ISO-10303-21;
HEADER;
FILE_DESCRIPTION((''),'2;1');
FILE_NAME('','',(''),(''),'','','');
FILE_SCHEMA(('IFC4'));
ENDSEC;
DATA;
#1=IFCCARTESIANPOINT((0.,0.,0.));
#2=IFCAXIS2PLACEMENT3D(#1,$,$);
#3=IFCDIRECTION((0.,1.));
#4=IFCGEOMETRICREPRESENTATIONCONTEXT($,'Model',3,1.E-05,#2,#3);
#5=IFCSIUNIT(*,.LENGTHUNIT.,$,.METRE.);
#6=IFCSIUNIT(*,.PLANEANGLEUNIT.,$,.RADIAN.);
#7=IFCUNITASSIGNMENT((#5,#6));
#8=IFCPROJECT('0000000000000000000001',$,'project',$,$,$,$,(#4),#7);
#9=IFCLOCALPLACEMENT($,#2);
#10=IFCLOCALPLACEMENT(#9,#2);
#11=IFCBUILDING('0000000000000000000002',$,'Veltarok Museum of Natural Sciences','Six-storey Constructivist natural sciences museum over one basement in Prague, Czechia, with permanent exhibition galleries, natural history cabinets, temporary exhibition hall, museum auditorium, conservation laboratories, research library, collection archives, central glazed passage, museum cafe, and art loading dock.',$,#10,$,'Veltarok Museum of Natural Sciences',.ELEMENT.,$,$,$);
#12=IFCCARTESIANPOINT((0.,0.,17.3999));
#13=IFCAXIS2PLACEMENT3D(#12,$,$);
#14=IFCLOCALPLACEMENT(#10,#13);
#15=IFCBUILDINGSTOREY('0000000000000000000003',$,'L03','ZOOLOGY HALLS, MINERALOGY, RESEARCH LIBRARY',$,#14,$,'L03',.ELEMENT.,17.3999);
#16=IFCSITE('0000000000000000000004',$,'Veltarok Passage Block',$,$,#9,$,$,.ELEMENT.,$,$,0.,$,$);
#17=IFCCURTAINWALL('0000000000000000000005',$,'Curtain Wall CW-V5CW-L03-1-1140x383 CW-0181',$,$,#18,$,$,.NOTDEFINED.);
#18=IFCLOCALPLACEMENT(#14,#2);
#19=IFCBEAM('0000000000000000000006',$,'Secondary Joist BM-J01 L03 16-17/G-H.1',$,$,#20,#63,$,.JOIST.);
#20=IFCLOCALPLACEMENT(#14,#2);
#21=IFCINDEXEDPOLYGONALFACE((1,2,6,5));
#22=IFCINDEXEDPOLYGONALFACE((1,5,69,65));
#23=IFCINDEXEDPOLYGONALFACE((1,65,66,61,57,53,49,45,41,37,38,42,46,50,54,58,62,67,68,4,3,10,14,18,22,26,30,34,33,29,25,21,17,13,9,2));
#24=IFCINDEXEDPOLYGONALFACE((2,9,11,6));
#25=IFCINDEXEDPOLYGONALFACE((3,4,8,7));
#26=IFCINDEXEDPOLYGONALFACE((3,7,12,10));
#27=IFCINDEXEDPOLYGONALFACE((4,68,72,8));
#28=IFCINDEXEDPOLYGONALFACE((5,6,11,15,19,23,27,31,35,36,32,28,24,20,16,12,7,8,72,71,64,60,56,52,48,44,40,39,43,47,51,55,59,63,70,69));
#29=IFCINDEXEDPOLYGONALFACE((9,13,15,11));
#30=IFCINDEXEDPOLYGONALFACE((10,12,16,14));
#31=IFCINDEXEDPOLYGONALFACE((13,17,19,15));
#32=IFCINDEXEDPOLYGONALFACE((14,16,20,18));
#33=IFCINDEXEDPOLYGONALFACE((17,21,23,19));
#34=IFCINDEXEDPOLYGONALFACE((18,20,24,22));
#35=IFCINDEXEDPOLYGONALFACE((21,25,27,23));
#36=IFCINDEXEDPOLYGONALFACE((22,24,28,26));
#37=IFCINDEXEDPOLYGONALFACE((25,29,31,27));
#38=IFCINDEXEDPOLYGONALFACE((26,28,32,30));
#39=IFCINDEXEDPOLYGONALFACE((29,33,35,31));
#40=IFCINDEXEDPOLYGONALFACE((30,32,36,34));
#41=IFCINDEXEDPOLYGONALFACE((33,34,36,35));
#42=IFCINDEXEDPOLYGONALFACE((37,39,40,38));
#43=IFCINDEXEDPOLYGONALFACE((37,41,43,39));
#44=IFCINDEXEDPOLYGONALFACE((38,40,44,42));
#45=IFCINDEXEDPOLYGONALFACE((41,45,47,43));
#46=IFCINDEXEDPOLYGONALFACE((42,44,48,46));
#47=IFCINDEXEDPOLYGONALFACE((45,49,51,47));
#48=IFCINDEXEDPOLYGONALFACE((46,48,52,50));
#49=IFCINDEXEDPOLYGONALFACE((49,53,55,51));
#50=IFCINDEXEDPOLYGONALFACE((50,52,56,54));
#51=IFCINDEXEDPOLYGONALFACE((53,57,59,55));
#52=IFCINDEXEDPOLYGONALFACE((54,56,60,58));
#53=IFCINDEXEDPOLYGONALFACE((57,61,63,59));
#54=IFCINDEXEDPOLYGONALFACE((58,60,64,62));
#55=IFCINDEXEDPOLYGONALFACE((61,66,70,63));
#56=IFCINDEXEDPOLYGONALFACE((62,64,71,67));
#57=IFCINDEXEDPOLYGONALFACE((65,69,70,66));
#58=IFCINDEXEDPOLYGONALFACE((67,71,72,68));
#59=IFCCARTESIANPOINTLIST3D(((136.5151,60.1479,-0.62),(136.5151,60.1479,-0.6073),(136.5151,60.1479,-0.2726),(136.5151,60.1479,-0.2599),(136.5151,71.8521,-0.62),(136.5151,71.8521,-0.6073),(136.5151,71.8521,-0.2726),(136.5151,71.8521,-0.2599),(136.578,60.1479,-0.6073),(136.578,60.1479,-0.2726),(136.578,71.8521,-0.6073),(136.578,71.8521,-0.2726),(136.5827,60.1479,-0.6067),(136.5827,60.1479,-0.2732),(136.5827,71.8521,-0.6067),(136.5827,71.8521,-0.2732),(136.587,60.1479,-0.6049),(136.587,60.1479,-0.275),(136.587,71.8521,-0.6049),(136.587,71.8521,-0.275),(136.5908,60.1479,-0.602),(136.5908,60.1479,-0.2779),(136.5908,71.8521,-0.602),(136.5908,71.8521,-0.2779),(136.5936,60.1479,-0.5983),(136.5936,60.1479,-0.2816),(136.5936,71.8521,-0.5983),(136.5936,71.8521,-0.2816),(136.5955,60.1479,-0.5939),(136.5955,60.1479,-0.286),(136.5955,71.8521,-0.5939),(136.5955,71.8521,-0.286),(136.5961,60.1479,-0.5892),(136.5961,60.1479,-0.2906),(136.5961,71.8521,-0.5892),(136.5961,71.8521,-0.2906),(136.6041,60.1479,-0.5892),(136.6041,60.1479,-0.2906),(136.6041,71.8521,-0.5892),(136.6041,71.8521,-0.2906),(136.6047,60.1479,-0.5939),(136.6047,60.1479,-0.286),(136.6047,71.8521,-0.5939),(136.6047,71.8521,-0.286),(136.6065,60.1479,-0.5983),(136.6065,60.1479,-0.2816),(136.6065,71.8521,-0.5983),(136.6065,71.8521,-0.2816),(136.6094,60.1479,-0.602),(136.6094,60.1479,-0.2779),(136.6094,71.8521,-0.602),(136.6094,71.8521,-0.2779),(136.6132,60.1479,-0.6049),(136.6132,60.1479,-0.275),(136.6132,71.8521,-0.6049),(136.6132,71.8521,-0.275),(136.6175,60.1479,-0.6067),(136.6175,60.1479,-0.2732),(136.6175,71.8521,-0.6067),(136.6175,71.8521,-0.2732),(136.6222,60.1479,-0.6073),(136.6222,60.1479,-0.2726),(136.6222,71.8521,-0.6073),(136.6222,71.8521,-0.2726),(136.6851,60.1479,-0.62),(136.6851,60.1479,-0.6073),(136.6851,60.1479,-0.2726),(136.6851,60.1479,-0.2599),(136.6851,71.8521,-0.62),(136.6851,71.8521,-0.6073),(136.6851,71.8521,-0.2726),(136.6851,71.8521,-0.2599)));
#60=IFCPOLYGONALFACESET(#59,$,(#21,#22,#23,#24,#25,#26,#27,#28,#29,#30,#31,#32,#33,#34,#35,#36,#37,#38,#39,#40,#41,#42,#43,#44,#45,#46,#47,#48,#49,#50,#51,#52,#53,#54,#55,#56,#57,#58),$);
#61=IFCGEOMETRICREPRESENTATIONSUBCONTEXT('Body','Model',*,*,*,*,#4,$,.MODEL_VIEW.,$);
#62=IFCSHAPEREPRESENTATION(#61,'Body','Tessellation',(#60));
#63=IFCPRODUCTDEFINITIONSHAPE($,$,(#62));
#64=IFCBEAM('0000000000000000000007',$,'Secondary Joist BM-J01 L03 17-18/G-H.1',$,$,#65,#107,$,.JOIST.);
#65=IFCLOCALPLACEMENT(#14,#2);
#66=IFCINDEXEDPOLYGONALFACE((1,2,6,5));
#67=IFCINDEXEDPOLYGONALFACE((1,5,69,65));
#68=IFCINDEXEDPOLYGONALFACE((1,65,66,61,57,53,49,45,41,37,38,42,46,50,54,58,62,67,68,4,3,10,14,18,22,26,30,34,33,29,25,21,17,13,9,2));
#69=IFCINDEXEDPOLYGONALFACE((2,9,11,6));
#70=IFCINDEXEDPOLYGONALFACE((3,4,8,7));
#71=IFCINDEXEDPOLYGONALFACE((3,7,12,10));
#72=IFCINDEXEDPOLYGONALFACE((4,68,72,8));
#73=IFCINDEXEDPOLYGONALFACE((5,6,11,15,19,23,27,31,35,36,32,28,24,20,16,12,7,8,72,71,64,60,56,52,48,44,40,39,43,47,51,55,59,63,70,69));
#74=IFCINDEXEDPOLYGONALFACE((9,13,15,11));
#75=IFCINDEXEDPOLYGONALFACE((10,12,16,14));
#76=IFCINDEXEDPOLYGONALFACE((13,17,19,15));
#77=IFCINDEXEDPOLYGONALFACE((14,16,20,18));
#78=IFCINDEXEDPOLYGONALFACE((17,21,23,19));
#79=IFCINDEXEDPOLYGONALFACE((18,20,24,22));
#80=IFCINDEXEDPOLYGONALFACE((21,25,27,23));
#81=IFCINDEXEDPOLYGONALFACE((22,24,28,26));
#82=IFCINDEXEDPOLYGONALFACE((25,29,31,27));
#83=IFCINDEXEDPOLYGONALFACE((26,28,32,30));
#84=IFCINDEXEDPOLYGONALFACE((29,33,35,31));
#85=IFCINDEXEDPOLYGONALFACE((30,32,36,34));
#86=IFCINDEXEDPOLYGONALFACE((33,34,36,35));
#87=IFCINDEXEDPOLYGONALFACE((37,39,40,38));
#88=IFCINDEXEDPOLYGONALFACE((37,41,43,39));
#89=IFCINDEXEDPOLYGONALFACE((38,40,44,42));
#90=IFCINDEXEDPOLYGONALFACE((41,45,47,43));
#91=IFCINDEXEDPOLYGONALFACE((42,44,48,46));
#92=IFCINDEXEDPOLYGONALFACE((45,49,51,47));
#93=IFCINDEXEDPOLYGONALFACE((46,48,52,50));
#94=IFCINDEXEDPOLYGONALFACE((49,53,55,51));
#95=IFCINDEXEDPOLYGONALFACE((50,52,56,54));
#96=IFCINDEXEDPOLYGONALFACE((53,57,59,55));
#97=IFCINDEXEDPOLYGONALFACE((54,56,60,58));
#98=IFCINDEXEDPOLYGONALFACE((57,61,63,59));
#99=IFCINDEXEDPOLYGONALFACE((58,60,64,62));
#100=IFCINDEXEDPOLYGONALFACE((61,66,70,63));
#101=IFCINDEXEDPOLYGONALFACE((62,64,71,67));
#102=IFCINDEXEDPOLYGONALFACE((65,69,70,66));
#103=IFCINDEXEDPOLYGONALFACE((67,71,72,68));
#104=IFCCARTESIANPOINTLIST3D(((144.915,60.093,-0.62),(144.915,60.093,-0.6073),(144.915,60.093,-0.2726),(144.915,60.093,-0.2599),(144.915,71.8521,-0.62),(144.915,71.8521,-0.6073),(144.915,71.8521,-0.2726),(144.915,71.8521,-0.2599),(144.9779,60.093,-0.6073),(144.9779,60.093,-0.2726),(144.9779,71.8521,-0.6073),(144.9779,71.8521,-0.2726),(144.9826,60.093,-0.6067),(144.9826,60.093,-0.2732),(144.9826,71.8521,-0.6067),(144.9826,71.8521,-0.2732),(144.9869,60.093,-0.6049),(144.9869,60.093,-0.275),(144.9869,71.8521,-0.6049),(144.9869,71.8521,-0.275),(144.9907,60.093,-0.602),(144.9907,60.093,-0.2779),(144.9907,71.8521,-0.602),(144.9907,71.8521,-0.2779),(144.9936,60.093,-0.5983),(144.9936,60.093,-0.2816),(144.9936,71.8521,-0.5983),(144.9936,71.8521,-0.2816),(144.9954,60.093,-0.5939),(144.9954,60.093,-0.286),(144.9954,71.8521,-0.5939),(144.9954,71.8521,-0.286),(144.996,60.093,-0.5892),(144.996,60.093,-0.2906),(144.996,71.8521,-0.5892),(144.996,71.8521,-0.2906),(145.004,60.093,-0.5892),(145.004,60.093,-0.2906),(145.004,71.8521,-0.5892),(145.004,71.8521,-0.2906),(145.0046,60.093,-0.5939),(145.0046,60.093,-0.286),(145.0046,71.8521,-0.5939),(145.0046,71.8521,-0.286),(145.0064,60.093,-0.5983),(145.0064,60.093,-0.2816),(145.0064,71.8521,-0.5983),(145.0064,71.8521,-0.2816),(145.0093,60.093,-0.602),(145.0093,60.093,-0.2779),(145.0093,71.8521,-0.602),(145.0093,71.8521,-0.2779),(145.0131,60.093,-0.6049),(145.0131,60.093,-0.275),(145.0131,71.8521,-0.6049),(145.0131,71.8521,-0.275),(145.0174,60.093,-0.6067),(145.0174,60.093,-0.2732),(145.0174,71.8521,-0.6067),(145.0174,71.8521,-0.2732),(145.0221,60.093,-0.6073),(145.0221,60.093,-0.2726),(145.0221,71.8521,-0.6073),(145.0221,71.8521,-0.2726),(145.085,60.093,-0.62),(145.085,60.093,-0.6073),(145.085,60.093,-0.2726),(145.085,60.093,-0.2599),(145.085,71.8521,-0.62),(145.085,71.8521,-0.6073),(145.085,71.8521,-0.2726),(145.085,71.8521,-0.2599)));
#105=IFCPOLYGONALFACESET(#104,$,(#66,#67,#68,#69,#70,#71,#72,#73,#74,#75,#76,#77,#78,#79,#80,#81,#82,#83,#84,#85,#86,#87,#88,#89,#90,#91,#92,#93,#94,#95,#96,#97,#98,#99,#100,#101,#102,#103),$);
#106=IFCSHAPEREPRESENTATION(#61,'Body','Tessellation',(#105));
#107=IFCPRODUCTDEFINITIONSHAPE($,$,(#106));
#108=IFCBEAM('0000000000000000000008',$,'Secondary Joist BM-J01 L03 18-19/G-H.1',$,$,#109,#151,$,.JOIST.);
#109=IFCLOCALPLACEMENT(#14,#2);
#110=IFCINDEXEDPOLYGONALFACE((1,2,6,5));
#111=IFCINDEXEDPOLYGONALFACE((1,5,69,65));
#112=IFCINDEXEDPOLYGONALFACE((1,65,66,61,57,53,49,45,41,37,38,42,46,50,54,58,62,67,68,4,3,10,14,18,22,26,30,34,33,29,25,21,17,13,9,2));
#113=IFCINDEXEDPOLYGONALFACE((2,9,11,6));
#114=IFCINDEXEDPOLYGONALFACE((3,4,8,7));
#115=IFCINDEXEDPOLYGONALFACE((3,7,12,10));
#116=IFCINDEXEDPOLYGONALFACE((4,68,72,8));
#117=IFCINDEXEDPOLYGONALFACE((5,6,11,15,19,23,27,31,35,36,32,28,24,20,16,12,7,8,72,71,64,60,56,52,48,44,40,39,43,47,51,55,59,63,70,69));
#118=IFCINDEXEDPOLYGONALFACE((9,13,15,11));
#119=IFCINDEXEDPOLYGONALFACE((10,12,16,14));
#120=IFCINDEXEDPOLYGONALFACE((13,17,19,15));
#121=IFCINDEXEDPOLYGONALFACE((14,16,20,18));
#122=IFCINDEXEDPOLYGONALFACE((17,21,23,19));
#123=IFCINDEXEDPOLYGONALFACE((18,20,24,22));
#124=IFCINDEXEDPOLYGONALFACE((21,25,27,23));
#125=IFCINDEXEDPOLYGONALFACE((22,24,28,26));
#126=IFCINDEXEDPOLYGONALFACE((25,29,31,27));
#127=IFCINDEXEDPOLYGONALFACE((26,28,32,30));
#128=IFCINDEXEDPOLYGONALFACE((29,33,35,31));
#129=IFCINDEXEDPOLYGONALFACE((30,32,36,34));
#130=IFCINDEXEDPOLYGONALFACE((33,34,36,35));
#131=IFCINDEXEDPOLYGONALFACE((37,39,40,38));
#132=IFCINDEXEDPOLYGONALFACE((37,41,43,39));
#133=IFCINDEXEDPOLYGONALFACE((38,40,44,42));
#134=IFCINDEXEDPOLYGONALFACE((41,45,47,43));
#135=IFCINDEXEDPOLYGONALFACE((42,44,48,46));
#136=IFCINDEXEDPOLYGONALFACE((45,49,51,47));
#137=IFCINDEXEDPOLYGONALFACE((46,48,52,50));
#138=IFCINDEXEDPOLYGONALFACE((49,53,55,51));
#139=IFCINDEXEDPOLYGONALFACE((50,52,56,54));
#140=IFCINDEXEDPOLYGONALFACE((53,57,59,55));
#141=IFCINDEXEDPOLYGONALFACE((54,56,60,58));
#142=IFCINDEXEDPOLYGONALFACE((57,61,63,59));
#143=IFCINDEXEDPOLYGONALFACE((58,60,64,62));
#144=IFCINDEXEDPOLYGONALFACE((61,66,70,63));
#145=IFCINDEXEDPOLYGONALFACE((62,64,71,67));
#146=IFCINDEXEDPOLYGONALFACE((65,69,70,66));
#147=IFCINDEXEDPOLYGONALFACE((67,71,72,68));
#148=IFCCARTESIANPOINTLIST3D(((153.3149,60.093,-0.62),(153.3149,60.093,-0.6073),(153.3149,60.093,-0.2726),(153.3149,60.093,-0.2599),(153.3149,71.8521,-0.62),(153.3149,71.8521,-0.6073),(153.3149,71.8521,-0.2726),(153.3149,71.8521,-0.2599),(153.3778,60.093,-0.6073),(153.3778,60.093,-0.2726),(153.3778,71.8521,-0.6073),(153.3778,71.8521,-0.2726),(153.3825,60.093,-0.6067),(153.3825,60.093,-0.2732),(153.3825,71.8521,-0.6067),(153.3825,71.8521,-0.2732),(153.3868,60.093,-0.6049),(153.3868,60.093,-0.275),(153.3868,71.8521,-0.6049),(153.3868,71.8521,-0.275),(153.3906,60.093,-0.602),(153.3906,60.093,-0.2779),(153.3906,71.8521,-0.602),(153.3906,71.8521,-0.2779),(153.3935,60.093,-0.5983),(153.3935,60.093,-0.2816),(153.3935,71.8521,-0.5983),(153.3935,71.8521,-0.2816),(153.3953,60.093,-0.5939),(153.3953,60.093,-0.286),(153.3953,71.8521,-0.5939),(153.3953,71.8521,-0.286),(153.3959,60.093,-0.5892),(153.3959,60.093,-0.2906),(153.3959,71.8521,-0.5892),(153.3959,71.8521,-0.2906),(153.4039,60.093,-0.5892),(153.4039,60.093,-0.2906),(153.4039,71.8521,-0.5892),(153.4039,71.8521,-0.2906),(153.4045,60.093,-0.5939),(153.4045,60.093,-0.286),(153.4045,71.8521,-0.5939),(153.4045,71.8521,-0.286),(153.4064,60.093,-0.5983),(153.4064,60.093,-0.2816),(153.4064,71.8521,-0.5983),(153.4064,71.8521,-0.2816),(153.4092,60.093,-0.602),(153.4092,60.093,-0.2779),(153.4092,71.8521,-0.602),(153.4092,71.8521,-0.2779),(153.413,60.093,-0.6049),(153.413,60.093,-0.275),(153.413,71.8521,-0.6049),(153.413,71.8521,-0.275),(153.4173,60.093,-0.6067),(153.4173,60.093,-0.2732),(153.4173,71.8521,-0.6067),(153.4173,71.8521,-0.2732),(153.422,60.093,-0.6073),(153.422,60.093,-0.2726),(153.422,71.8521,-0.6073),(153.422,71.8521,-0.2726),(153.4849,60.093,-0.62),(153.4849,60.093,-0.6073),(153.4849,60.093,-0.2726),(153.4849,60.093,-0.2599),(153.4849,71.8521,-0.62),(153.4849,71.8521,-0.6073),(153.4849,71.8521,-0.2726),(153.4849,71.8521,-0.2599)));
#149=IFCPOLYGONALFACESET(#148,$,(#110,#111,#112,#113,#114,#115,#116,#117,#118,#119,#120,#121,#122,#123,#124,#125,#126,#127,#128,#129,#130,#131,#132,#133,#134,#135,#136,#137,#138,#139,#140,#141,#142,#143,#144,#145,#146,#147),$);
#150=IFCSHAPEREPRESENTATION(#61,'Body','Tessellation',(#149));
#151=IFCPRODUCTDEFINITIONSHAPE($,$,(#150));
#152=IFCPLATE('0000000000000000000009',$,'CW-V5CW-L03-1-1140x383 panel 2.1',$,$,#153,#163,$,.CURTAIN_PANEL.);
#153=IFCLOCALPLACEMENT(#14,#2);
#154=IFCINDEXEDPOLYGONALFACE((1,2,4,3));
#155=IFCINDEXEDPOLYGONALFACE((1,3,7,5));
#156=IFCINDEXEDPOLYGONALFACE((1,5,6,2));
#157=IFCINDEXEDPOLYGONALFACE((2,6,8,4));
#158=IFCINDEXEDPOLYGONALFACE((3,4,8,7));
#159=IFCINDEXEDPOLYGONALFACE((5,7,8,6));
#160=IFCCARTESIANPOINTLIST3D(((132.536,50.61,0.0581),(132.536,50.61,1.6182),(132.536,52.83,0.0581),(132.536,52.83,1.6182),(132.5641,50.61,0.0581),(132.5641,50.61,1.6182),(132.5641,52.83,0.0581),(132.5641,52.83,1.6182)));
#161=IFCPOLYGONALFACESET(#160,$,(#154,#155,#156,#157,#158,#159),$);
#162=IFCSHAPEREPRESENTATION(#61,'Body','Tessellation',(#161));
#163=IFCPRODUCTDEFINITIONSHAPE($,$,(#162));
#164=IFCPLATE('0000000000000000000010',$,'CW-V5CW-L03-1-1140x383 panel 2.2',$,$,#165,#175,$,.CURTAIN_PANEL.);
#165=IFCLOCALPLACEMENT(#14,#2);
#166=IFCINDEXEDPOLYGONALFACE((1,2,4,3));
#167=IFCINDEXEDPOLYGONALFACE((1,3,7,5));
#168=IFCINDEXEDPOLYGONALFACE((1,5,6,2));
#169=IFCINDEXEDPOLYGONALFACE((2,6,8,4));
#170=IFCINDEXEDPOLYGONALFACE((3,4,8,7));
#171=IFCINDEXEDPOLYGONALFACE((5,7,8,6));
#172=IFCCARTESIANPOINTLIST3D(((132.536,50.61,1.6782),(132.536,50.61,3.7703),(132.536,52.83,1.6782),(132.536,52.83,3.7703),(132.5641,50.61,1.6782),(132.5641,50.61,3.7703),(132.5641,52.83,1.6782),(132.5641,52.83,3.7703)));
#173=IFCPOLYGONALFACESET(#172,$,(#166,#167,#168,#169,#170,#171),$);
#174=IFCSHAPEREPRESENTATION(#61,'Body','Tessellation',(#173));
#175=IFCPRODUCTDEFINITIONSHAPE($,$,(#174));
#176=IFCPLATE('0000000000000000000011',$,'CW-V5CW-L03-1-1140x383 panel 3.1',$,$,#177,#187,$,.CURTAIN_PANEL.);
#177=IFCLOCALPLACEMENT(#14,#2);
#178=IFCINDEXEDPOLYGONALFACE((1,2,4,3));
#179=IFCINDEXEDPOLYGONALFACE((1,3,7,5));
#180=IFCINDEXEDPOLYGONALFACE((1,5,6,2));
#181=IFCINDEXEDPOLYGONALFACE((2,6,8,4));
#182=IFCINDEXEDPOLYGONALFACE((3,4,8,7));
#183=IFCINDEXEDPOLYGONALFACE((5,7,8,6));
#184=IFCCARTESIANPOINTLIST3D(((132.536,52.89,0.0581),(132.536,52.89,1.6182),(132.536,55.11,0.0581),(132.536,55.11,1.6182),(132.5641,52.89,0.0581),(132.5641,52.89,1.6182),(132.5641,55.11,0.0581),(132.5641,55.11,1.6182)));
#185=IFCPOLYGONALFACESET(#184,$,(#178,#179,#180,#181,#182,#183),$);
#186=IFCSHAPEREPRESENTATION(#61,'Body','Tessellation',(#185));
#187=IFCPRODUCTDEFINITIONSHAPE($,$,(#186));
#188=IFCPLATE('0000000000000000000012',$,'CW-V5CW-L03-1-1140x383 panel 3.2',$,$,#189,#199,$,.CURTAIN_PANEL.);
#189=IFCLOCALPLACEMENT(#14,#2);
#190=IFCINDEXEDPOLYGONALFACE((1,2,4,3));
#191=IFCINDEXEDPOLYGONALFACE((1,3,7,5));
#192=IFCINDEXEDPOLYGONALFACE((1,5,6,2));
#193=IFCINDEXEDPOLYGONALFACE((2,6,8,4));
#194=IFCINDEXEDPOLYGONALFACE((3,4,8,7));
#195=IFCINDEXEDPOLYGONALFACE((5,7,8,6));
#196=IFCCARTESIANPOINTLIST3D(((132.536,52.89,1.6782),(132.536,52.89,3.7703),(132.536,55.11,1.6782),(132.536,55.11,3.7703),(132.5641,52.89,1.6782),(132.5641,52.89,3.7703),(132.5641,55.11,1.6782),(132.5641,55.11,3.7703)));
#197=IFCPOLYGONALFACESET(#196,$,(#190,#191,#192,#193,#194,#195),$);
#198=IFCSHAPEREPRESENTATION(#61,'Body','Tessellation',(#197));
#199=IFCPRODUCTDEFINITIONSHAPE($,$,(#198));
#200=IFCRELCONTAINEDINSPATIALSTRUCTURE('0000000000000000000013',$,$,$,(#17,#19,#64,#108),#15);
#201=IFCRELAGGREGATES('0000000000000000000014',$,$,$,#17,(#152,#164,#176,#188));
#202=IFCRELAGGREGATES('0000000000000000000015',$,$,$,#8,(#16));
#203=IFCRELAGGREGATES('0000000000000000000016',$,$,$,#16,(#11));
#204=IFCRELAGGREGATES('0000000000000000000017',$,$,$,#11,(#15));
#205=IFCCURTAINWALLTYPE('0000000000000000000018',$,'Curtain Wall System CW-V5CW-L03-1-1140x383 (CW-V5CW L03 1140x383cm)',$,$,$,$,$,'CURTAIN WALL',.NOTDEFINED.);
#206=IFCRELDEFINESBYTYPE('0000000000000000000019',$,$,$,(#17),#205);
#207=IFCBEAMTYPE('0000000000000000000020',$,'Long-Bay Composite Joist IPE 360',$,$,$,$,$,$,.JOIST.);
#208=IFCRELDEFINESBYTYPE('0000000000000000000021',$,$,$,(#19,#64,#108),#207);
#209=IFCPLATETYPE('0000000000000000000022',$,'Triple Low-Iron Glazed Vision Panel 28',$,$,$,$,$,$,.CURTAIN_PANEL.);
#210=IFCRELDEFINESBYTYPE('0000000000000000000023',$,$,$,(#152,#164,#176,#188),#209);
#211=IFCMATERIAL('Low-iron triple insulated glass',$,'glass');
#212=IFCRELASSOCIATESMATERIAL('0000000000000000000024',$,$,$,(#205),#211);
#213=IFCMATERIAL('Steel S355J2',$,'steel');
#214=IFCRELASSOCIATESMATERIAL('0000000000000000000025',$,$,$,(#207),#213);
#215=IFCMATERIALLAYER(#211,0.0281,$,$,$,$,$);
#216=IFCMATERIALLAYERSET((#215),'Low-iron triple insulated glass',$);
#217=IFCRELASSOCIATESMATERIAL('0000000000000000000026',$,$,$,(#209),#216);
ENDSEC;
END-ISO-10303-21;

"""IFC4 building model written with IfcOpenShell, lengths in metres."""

from ifc_helpers import new_model, si_unit, direction, frame, origin, origin_2d, place, context, subcontext, project, spatial, rectangle, i_section, extrude, material, layer, layer_set, material_profile, profile_set, type_object, element, aggregate, save


model = new_model("IFC4")

# Units and contexts
model_context = context("Model", 3, precision=1e-05, world=origin(), true_north=direction((0.0, 1.0)))
body_context = subcontext(model_context, "Body", "Model", "MODEL_VIEW")
ifc_project = project(units=[si_unit("LENGTHUNIT", "METRE"), si_unit("PLANEANGLEUNIT", "RADIAN")], contexts=[model_context])

# Site, building, storey
site_placement = place(None, origin())
site = spatial("IfcSite", under=ifc_project, at=site_placement, Name="Veltarok Passage Block", CompositionType="ELEMENT", RefElevation=0.0)
building_placement = place(site_placement, origin())
building = spatial("IfcBuilding", under=site, at=building_placement, Name="Veltarok Museum of Natural Sciences", Description="Six-storey Constructivist natural sciences museum over one basement in Prague, Czechia, with permanent exhibition galleries, natural history cabinets, temporary exhibition hall, museum auditorium, conservation laboratories, research library, collection archives, central glazed passage, museum cafe, and art loading dock.", LongName="Veltarok Museum of Natural Sciences", CompositionType="ELEMENT")
storey_placement = place(building_placement, frame((0.0, 0.0, 17.3999)))
storey = spatial("IfcBuildingStorey", under=building, at=storey_placement, Name="L03", Description="ZOOLOGY HALLS, MINERALOGY, RESEARCH LIBRARY", LongName="L03", CompositionType="ELEMENT", Elevation=17.3999)

# Curtain wall
ifc_material_1 = material(Name="Low-iron triple insulated glass", Category="glass")
curtain_wall_type = type_object("IfcCurtainWallType", Name="Curtain Wall System CW-V5CW-L03-1-1140x383 (CW-V5CW L03 1140x383cm)", ElementType="CURTAIN WALL", PredefinedType="NOTDEFINED", material=ifc_material_1)
curtain_wall_placement = place(storey_placement, origin())
curtain_wall = element("IfcCurtainWall", 1, at=curtain_wall_placement, inside=storey, type_object=curtain_wall_type, Name="Curtain Wall CW-V5CW-L03-1-1140x383 CW-0181", PredefinedType="NOTDEFINED")

# Beams
ifc_material_2 = material(Name="Steel S355J2", Category="steel")
ifc_material_profile_1 = material_profile(ifc_material_2, i_section(OverallWidth=0.1699, OverallDepth=0.3601, WebThickness=0.0081, FlangeThickness=0.0127, FilletRadius=0.0181, at=origin_2d()), Name="IPE 360")
ifc_profile_set_1 = profile_set([ifc_material_profile_1], Name="Steel S355J2")
beam_type_1 = type_object("IfcBeamType", Name="Long-Bay Composite Joist IPE 360", PredefinedType="JOIST", material=ifc_profile_set_1)
beam_1_placement = place(storey_placement, frame((136.6001, 60.1479, -0.4399), z_axis=(0.0, 1.0, 0.0), x_axis=(-1.0, 0.0, 0.0)))
element("IfcBeam", 2, at=beam_1_placement, inside=storey, type_object=beam_type_1, Name="Secondary Joist BM-J01 L03 16-17/G-H.1", PredefinedType="JOIST", context=body_context, shape_type="SweptSolid", body=[
    extrude(i_section(OverallWidth=0.1699, OverallDepth=0.3601, WebThickness=0.0081, FlangeThickness=0.0127, FilletRadius=0.0181, at=origin_2d()), origin(), (0.0, 0.0, 1.0), 11.7041),
])
for number, where, z_axis, x_axis, name in (
    (3, (145.0, 60.093, -0.4399), (0.0, 1.0, 0.0), (-1.0, 0.0, 0.0), "Secondary Joist BM-J01 L03 17-18/G-H.1"),
    (4, (153.3999, 60.093, -0.4399), (0.0, 1.0, 0.0), (-1.0, 0.0, 0.0), "Secondary Joist BM-J01 L03 18-19/G-H.1"),
):
    element("IfcBeam", number, at=place(storey_placement, frame(where, z_axis=z_axis, x_axis=x_axis)), inside=storey, type_object=beam_type_1, Name=name, PredefinedType="JOIST", context=body_context, shape_type="SweptSolid", body=[
        extrude(i_section(OverallWidth=0.1699, OverallDepth=0.3601, WebThickness=0.0081, FlangeThickness=0.0127, FilletRadius=0.0181, at=origin_2d()), origin(), (0.0, 0.0, 1.0), 11.759),
    ])

# Plates
ifc_layer_1 = layer(ifc_material_1, 0.0281)
ifc_layer_set_1 = layer_set([ifc_layer_1], Name="Low-iron triple insulated glass")
plate_type = type_object("IfcPlateType", Name="Triple Low-Iron Glazed Vision Panel 28", PredefinedType="CURTAIN_PANEL", material=ifc_layer_set_1)
plate_1_placement = place(storey_placement, frame((132.55, 51.72, 0.0581), z_axis=(0.0, 0.0, 1.0), x_axis=(0.0, 1.0, 0.0)))
plate_1 = element("IfcPlate", 5, at=plate_1_placement, type_object=plate_type, Name="CW-V5CW-L03-1-1140x383 panel 2.1", PredefinedType="CURTAIN_PANEL", context=body_context, shape_type="SweptSolid", body=[
    extrude(rectangle(XDim=2.22, YDim=0.0281, at=origin_2d()), origin(), (0.0, 0.0, 1.0), 1.5601),
])
plate_2_placement = place(storey_placement, frame((132.55, 51.72, 1.6782), z_axis=(0.0, 0.0, 1.0), x_axis=(0.0, 1.0, 0.0)))
plate_2 = element("IfcPlate", 6, at=plate_2_placement, type_object=plate_type, Name="CW-V5CW-L03-1-1140x383 panel 2.2", PredefinedType="CURTAIN_PANEL", context=body_context, shape_type="SweptSolid", body=[
    extrude(rectangle(XDim=2.22, YDim=0.0281, at=origin_2d()), origin(), (0.0, 0.0, 1.0), 2.092),
])
plate_3_placement = place(storey_placement, frame((132.55, 54.0, 0.0581), z_axis=(0.0, 0.0, 1.0), x_axis=(0.0, 1.0, 0.0)))
plate_3 = element("IfcPlate", 7, at=plate_3_placement, type_object=plate_type, Name="CW-V5CW-L03-1-1140x383 panel 3.1", PredefinedType="CURTAIN_PANEL", context=body_context, shape_type="SweptSolid", body=[
    extrude(rectangle(XDim=2.22, YDim=0.0281, at=origin_2d()), origin(), (0.0, 0.0, 1.0), 1.5601),
])
plate_4_placement = place(storey_placement, frame((132.55, 54.0, 1.6782), z_axis=(0.0, 0.0, 1.0), x_axis=(0.0, 1.0, 0.0)))
plate_4 = element("IfcPlate", 8, at=plate_4_placement, type_object=plate_type, Name="CW-V5CW-L03-1-1140x383 panel 3.2", PredefinedType="CURTAIN_PANEL", context=body_context, shape_type="SweptSolid", body=[
    extrude(rectangle(XDim=2.22, YDim=0.0281, at=origin_2d()), origin(), (0.0, 0.0, 1.0), 2.092),
])
aggregate(curtain_wall, [plate_1, plate_2, plate_3, plate_4])

save(model, "model.ifc")
